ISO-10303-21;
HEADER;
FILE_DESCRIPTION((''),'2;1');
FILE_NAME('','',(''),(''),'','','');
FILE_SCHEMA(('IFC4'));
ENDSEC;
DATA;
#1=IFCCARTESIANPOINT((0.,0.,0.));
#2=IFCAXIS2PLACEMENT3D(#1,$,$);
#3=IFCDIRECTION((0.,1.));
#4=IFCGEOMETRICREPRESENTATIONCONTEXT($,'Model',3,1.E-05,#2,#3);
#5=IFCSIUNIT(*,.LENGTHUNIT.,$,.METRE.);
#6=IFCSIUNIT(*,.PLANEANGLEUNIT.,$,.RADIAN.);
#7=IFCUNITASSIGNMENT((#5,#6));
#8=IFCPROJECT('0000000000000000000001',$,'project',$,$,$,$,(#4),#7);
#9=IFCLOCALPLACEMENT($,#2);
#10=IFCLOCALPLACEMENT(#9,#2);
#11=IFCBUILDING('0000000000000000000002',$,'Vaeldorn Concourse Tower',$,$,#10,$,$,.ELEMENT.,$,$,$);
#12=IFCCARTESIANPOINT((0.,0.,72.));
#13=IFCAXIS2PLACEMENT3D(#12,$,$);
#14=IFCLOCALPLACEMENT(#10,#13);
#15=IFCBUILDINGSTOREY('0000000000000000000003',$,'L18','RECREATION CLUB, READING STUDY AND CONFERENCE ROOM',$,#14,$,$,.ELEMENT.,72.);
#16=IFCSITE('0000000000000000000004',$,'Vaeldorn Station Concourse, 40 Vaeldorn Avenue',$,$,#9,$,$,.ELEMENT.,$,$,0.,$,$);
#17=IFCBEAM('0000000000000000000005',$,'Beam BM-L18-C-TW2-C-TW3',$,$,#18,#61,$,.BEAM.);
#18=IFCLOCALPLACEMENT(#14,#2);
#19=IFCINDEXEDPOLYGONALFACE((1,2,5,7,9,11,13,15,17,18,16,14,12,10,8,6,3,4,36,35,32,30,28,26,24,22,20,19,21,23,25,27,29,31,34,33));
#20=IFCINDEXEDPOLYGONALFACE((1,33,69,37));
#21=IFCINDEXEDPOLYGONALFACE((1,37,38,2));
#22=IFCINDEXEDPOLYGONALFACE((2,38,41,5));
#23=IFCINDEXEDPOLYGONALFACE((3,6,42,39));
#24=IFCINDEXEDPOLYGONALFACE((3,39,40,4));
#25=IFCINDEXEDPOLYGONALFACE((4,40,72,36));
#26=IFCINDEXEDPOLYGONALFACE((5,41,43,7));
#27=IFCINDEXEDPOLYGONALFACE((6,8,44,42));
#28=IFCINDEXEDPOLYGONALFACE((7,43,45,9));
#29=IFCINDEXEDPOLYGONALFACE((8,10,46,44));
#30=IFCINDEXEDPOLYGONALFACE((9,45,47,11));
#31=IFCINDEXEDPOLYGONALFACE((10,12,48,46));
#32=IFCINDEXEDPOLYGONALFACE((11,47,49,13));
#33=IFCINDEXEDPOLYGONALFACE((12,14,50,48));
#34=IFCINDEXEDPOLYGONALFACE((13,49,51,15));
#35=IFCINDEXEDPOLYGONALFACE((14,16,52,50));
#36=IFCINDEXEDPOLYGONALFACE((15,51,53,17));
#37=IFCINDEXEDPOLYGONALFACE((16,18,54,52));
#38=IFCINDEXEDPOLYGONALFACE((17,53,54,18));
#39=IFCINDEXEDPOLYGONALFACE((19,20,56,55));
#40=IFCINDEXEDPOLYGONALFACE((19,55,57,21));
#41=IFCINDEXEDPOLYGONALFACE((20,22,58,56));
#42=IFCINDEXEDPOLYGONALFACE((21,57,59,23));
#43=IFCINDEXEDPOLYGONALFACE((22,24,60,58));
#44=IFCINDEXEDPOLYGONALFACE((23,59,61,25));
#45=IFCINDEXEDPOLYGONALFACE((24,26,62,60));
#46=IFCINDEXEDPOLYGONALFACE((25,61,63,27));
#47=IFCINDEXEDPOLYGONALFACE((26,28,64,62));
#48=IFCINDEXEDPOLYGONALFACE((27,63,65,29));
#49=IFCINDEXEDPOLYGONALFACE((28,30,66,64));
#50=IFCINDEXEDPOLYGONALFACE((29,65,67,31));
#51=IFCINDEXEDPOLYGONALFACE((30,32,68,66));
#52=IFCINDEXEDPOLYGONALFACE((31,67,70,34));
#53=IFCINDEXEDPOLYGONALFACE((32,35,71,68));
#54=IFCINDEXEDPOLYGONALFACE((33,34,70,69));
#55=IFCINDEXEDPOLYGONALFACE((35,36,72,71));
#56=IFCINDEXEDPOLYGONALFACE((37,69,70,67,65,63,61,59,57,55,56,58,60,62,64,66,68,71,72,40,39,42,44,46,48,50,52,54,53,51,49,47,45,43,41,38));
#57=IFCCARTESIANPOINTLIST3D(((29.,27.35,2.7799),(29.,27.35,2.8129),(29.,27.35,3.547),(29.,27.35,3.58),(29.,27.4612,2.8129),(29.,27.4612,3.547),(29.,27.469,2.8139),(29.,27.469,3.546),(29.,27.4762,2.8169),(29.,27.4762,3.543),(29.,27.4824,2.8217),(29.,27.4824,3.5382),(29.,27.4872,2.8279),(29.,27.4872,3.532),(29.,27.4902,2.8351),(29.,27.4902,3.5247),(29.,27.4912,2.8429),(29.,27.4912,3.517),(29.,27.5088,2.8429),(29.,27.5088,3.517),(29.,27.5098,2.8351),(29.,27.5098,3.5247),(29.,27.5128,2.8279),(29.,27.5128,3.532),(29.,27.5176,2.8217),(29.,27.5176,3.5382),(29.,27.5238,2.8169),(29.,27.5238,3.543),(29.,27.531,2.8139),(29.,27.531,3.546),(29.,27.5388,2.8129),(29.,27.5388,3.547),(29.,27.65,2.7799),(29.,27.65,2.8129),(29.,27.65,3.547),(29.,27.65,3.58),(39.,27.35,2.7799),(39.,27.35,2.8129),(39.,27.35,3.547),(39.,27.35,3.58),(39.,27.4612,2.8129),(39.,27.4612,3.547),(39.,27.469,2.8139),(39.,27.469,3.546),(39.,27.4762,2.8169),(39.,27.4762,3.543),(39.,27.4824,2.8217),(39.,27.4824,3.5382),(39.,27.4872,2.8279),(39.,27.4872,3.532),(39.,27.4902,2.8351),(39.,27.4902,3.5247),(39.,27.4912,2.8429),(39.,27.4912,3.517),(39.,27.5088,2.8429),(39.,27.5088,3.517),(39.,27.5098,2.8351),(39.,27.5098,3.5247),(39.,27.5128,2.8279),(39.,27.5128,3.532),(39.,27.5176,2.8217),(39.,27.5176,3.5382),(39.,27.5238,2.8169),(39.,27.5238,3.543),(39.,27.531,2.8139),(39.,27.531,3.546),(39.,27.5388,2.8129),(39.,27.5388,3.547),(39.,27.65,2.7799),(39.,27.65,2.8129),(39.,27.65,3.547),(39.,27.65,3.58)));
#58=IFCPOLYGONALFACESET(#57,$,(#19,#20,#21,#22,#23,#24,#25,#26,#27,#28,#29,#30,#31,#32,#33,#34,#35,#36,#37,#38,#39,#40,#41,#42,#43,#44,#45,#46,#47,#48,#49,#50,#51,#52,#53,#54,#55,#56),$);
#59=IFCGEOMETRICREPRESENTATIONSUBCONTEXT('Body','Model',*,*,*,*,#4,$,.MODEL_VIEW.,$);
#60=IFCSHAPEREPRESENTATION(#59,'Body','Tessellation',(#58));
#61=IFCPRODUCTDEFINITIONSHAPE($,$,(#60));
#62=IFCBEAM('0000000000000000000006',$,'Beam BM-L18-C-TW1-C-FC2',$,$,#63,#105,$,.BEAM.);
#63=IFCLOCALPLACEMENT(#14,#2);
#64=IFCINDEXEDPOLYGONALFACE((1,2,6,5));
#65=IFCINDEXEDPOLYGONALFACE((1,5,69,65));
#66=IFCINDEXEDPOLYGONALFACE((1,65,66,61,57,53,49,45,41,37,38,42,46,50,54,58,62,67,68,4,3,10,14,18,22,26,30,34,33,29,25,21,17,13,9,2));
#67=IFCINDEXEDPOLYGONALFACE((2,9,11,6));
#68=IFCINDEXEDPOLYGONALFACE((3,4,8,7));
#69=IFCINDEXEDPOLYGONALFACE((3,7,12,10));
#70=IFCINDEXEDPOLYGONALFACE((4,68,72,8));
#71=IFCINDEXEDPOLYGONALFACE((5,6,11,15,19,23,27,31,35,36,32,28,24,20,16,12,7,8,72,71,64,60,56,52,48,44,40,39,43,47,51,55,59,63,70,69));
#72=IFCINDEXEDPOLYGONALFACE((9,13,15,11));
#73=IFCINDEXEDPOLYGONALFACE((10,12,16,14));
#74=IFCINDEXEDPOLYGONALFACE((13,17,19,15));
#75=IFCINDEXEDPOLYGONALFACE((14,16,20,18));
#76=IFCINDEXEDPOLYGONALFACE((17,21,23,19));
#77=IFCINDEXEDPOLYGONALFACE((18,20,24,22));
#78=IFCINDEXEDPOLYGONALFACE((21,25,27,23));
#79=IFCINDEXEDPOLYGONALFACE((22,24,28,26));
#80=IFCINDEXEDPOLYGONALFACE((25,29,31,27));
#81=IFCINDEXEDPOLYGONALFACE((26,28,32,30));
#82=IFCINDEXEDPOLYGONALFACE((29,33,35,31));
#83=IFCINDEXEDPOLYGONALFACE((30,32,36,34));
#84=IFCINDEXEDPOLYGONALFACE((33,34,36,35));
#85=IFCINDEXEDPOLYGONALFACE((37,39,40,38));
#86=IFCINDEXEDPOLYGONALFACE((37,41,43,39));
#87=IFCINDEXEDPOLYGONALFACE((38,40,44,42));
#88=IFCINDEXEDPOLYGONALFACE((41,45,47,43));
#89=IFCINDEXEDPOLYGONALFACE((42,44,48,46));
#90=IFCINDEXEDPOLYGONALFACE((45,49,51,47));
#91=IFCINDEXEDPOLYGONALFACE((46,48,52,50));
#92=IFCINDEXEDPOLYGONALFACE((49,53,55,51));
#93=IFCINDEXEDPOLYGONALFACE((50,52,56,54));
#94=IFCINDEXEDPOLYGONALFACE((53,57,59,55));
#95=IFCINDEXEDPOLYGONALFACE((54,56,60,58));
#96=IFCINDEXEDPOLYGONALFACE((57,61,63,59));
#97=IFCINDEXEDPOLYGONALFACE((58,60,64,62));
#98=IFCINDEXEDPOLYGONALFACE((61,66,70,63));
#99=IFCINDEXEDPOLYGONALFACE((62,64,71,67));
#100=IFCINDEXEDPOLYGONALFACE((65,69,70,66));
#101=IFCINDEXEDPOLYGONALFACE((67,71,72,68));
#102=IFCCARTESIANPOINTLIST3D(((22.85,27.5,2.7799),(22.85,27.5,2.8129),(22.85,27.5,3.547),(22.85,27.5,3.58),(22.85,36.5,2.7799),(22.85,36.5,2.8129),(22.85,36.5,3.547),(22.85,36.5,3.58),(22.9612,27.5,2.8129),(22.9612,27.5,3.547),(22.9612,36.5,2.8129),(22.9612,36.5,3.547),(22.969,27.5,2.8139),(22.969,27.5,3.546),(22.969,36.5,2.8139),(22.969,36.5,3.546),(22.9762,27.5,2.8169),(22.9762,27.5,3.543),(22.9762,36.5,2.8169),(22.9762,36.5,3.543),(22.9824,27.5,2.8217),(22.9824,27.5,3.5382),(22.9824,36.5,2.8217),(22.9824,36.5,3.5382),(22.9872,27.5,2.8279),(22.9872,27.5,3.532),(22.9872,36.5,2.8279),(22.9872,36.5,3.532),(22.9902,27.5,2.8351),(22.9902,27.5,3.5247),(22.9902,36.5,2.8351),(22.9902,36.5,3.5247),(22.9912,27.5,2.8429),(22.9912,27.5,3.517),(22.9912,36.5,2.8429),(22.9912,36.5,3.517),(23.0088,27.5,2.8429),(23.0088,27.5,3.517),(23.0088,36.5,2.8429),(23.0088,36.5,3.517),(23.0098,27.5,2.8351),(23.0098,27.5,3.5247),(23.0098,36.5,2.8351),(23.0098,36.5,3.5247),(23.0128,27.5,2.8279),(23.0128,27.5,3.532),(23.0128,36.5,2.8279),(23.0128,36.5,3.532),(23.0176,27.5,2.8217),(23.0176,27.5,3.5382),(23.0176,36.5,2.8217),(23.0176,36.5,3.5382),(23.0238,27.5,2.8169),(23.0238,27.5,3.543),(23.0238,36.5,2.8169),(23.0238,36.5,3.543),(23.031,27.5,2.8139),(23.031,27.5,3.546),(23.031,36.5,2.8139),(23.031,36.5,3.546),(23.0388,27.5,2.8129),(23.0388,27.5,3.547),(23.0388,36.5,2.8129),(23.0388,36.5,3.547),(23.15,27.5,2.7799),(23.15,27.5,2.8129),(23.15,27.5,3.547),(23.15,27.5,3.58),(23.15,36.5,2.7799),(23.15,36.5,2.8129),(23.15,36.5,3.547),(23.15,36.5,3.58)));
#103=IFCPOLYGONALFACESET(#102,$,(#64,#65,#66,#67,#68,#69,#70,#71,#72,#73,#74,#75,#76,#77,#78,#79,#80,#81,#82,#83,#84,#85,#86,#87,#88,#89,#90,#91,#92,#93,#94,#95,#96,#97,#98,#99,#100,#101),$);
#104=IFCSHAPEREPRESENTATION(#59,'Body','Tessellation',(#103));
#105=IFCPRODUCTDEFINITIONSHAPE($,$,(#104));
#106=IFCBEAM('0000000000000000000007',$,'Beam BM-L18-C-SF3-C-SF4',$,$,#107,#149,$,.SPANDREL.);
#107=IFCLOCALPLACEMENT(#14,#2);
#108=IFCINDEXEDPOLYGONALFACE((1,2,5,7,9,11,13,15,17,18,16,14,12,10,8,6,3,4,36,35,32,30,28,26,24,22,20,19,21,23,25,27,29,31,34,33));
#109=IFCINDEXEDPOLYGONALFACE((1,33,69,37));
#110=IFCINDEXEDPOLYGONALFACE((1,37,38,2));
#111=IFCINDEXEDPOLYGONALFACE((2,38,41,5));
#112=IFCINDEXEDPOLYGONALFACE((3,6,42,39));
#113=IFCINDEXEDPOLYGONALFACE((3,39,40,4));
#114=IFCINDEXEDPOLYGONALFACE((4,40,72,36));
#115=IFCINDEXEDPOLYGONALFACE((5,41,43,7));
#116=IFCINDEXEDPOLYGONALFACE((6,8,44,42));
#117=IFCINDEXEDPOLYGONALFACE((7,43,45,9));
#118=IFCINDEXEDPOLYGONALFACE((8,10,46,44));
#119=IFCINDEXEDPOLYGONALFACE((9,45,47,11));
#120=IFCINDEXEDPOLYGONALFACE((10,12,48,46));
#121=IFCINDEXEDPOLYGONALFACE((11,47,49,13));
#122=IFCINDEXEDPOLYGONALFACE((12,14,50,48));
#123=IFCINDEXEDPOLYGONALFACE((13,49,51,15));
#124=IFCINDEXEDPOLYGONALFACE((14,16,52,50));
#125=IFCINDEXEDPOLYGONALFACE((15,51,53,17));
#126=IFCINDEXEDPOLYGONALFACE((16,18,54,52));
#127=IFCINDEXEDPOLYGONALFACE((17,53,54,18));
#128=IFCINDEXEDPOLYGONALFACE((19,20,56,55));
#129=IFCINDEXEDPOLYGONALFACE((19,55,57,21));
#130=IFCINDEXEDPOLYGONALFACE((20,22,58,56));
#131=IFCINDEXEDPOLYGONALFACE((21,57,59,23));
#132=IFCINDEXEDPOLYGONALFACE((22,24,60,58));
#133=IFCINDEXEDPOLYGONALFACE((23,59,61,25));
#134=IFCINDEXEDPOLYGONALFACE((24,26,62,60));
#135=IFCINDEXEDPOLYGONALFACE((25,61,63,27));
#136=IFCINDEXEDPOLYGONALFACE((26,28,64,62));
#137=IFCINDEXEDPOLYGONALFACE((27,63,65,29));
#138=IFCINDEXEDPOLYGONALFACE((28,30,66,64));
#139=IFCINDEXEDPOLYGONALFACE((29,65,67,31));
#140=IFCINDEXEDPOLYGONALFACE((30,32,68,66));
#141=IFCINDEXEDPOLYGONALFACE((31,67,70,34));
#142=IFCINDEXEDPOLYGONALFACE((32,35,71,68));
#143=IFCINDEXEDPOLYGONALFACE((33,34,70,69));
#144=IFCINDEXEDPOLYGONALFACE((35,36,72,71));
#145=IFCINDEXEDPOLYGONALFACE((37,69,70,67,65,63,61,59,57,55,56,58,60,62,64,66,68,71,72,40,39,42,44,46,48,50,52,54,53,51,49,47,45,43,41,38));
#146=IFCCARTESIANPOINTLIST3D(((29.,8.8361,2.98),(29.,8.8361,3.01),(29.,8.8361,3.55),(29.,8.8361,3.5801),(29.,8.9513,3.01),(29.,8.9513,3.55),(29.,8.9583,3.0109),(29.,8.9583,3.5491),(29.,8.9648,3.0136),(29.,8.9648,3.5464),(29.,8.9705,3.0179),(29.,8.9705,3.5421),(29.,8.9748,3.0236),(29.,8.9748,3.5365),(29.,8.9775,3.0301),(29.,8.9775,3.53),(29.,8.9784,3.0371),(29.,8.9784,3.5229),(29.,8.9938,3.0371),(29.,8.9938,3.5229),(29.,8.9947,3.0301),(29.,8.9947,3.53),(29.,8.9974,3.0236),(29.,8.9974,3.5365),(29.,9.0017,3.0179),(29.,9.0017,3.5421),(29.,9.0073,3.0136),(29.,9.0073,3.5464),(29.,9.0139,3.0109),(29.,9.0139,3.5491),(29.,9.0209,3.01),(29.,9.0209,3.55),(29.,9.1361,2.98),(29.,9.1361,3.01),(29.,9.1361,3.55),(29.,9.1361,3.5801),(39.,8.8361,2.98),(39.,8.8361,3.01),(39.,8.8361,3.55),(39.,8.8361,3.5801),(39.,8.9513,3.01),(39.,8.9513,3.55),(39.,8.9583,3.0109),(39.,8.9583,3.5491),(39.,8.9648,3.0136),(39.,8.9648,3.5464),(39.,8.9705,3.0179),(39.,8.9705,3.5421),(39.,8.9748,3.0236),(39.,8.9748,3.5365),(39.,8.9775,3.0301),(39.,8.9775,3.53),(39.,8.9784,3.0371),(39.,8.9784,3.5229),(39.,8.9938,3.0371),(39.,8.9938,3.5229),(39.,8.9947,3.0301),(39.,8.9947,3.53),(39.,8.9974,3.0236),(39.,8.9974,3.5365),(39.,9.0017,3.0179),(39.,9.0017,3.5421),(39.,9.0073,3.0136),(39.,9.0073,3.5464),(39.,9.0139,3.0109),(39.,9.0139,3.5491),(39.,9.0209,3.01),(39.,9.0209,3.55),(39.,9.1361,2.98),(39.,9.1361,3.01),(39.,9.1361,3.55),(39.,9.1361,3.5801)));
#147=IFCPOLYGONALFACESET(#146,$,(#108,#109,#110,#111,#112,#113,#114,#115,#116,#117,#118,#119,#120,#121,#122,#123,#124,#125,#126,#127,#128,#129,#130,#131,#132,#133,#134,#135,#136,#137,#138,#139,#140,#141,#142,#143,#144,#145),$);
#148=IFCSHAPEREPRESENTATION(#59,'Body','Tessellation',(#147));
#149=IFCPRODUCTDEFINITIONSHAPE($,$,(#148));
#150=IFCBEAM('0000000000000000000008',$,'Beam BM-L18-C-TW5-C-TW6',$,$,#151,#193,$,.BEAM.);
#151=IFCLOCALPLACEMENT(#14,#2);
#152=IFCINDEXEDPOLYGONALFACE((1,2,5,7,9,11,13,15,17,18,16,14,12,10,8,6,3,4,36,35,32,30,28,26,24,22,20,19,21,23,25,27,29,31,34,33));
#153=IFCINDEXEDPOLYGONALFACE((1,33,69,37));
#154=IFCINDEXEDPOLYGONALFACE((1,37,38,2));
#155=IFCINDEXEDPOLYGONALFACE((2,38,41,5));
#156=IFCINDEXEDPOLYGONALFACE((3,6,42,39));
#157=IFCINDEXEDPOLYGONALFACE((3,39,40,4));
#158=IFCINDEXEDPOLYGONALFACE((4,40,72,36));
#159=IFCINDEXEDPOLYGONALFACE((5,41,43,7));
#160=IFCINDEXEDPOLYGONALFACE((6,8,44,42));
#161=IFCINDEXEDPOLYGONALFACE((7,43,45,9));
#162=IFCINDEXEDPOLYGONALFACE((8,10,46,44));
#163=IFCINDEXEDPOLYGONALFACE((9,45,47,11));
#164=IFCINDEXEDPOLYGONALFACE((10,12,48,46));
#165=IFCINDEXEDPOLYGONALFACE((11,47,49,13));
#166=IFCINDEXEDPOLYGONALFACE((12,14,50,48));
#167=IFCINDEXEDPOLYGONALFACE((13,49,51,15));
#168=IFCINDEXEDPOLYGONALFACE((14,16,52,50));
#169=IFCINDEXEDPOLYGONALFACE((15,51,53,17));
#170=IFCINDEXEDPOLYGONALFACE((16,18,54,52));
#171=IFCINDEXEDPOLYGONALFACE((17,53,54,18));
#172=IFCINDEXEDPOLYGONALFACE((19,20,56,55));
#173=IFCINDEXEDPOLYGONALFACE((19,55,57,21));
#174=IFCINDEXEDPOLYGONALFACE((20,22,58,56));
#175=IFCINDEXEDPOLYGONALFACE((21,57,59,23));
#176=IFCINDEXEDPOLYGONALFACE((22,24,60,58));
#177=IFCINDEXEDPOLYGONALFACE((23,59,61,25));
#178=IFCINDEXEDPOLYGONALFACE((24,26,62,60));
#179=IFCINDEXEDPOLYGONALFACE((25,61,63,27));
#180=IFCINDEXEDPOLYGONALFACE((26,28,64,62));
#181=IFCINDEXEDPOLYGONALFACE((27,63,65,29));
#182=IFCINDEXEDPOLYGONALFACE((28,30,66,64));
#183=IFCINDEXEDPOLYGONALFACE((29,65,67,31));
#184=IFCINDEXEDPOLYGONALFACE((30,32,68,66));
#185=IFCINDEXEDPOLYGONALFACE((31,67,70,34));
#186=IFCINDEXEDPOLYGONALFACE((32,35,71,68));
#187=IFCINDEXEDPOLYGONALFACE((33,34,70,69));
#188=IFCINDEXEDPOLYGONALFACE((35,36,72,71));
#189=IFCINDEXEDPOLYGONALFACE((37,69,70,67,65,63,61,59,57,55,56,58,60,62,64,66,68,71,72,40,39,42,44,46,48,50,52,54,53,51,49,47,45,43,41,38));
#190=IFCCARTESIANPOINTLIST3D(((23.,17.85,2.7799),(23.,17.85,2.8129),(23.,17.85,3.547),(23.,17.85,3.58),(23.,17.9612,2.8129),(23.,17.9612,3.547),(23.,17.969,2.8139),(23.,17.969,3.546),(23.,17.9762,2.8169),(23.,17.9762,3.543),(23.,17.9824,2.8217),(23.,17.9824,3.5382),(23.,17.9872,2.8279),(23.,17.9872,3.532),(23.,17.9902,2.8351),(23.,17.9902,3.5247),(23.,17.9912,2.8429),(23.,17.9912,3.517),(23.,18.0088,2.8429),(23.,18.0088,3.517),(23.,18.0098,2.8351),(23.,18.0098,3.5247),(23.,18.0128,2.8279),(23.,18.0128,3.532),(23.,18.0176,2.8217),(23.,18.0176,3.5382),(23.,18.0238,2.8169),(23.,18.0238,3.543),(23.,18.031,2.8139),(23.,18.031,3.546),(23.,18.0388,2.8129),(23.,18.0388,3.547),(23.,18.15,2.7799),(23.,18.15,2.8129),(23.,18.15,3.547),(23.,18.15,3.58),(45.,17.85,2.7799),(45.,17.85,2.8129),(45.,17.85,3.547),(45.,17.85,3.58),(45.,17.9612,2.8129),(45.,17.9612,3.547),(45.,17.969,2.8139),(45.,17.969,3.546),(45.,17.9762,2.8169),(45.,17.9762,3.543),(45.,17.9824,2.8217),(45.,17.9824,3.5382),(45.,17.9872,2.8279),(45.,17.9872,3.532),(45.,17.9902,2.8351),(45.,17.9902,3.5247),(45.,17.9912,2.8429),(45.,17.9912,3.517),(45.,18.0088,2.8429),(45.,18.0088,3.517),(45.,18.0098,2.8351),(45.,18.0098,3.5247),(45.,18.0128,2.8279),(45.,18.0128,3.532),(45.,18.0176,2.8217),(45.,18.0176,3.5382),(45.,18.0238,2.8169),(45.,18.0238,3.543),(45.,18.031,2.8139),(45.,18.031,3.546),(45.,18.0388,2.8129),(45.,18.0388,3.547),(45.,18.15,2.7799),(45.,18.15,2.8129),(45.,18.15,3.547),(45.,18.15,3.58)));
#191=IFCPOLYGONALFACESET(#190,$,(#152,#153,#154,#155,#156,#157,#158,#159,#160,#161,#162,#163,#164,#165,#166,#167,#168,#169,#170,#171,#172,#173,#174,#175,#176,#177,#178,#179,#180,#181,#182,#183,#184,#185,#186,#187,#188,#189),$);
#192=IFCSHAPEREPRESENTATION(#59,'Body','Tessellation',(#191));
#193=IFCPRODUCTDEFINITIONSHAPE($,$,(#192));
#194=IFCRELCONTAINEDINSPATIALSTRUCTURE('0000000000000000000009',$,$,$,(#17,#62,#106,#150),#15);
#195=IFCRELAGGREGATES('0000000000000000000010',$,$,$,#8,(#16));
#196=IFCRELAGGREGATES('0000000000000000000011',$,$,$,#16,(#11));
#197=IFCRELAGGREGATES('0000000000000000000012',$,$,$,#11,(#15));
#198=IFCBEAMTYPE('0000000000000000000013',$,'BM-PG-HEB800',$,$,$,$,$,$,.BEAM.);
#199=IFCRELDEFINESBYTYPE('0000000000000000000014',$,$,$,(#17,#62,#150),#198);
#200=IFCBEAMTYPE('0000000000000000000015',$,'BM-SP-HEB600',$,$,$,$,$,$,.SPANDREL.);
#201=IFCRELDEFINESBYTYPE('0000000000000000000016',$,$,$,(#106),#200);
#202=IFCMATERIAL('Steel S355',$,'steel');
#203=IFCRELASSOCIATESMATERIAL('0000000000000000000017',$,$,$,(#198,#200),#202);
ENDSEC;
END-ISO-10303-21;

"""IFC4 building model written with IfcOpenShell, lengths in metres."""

from ifc_helpers import new_model, si_unit, direction, frame, origin, origin_2d, place, context, subcontext, project, spatial, i_section, extrude, source, transform, mapped, material, material_profile, profile_set, type_object, element, save


model = new_model("IFC4")

# Units and contexts
model_context = context("Model", 3, precision=1e-05, world=origin(), true_north=direction((0.0, 1.0)))
body_context = subcontext(model_context, "Body", "Model", "MODEL_VIEW")
ifc_project = project(units=[si_unit("LENGTHUNIT", "METRE"), si_unit("PLANEANGLEUNIT", "RADIAN")], contexts=[model_context])

# Site, building, storey
site_placement = place(None, origin())
site = spatial("IfcSite", under=ifc_project, at=site_placement, Name="Vaeldorn Station Concourse, 40 Vaeldorn Avenue", CompositionType="ELEMENT", RefElevation=0.0)
building_placement = place(site_placement, origin())
building = spatial("IfcBuilding", under=site, at=building_placement, Name="Vaeldorn Concourse Tower", CompositionType="ELEMENT")
storey_placement = place(building_placement, frame((0.0, 0.0, 72.0)))
storey = spatial("IfcBuildingStorey", under=building, at=storey_placement, Name="L18", Description="RECREATION CLUB, READING STUDY AND CONFERENCE ROOM", CompositionType="ELEMENT", Elevation=72.0)

# Beams
ifc_material_1 = material(Name="Steel S355", Category="steel")
ifc_material_profile_1 = material_profile(ifc_material_1, i_section(OverallWidth=0.3, OverallDepth=0.8, WebThickness=0.0176, FlangeThickness=0.033, FilletRadius=0.03, at=origin_2d()), Name="HEB 800")
ifc_profile_set_1 = profile_set([ifc_material_profile_1], Name="Steel S355")
beam_type_1 = type_object("IfcBeamType", Name="BM-PG-HEB800", PredefinedType="BEAM", material=ifc_profile_set_1)
shared_shape_1 = source(origin(), body_context, "Body", "SweptSolid", [
    extrude(i_section(OverallWidth=0.3, OverallDepth=0.8, WebThickness=0.0176, FlangeThickness=0.033, FilletRadius=0.03, at=origin_2d()), origin(), (0.0, 0.0, 1.0), 10.0),
])
beam_1_placement = place(storey_placement, frame((29.0, 27.5, 3.1799), z_axis=(1.0, 0.0, 0.0), x_axis=(0.0, 1.0, 0.0)))
element("IfcBeam", 1, at=beam_1_placement, inside=storey, type_object=beam_type_1, Name="Beam BM-L18-C-TW2-C-TW3", PredefinedType="BEAM", context=body_context, shape_type="MappedRepresentation", body=[
    mapped(shared_shape_1, transform((0.0, 0.0, 0.0), scale=1.0)),
])
shared_shape_2 = source(origin(), body_context, "Body", "SweptSolid", [
    extrude(i_section(OverallWidth=0.3, OverallDepth=0.8, WebThickness=0.0176, FlangeThickness=0.033, FilletRadius=0.03, at=origin_2d()), origin(), (0.0, 0.0, 1.0), 9.0),
])
beam_2_placement = place(storey_placement, frame((23.0, 27.5, 3.1799), z_axis=(0.0, 1.0, 0.0), x_axis=(-1.0, 0.0, 0.0)))
element("IfcBeam", 2, at=beam_2_placement, inside=storey, type_object=beam_type_1, Name="Beam BM-L18-C-TW1-C-FC2", PredefinedType="BEAM", context=body_context, shape_type="MappedRepresentation", body=[
    mapped(shared_shape_2, transform((0.0, 0.0, 0.0), scale=1.0)),
])
ifc_material_profile_2 = material_profile(ifc_material_1, i_section(OverallWidth=0.3, OverallDepth=0.6001, WebThickness=0.0154, FlangeThickness=0.03, FilletRadius=0.0271, at=origin_2d()), Name="HEB 600")
ifc_profile_set_2 = profile_set([ifc_material_profile_2], Name="Steel S355")
beam_type_2 = type_object("IfcBeamType", Name="BM-SP-HEB600", PredefinedType="SPANDREL", material=ifc_profile_set_2)
shared_shape_3 = source(origin(), body_context, "Body", "SweptSolid", [
    extrude(i_section(OverallWidth=0.3, OverallDepth=0.6001, WebThickness=0.0154, FlangeThickness=0.03, FilletRadius=0.0271, at=origin_2d()), origin(), (0.0, 0.0, 1.0), 10.0),
])
beam_3_placement = place(storey_placement, frame((29.0, 8.9861, 3.28), z_axis=(1.0, 0.0, 0.0), x_axis=(0.0, 1.0, 0.0)))
element("IfcBeam", 3, at=beam_3_placement, inside=storey, type_object=beam_type_2, Name="Beam BM-L18-C-SF3-C-SF4", PredefinedType="SPANDREL", context=body_context, shape_type="MappedRepresentation", body=[
    mapped(shared_shape_3, transform((0.0, 0.0, 0.0), scale=1.0)),
])
shared_shape_4 = source(origin(), body_context, "Body", "SweptSolid", [
    extrude(i_section(OverallWidth=0.3, OverallDepth=0.8, WebThickness=0.0176, FlangeThickness=0.033, FilletRadius=0.03, at=origin_2d()), origin(), (0.0, 0.0, 1.0), 22.0),
])
beam_4_placement = place(storey_placement, frame((23.0, 18.0, 3.1799), z_axis=(1.0, 0.0, 0.0), x_axis=(0.0, 1.0, 0.0)))
element("IfcBeam", 4, at=beam_4_placement, inside=storey, type_object=beam_type_1, Name="Beam BM-L18-C-TW5-C-TW6", PredefinedType="BEAM", context=body_context, shape_type="MappedRepresentation", body=[
    mapped(shared_shape_4, transform((0.0, 0.0, 0.0), scale=1.0)),
])

save(model, "model.ifc")
